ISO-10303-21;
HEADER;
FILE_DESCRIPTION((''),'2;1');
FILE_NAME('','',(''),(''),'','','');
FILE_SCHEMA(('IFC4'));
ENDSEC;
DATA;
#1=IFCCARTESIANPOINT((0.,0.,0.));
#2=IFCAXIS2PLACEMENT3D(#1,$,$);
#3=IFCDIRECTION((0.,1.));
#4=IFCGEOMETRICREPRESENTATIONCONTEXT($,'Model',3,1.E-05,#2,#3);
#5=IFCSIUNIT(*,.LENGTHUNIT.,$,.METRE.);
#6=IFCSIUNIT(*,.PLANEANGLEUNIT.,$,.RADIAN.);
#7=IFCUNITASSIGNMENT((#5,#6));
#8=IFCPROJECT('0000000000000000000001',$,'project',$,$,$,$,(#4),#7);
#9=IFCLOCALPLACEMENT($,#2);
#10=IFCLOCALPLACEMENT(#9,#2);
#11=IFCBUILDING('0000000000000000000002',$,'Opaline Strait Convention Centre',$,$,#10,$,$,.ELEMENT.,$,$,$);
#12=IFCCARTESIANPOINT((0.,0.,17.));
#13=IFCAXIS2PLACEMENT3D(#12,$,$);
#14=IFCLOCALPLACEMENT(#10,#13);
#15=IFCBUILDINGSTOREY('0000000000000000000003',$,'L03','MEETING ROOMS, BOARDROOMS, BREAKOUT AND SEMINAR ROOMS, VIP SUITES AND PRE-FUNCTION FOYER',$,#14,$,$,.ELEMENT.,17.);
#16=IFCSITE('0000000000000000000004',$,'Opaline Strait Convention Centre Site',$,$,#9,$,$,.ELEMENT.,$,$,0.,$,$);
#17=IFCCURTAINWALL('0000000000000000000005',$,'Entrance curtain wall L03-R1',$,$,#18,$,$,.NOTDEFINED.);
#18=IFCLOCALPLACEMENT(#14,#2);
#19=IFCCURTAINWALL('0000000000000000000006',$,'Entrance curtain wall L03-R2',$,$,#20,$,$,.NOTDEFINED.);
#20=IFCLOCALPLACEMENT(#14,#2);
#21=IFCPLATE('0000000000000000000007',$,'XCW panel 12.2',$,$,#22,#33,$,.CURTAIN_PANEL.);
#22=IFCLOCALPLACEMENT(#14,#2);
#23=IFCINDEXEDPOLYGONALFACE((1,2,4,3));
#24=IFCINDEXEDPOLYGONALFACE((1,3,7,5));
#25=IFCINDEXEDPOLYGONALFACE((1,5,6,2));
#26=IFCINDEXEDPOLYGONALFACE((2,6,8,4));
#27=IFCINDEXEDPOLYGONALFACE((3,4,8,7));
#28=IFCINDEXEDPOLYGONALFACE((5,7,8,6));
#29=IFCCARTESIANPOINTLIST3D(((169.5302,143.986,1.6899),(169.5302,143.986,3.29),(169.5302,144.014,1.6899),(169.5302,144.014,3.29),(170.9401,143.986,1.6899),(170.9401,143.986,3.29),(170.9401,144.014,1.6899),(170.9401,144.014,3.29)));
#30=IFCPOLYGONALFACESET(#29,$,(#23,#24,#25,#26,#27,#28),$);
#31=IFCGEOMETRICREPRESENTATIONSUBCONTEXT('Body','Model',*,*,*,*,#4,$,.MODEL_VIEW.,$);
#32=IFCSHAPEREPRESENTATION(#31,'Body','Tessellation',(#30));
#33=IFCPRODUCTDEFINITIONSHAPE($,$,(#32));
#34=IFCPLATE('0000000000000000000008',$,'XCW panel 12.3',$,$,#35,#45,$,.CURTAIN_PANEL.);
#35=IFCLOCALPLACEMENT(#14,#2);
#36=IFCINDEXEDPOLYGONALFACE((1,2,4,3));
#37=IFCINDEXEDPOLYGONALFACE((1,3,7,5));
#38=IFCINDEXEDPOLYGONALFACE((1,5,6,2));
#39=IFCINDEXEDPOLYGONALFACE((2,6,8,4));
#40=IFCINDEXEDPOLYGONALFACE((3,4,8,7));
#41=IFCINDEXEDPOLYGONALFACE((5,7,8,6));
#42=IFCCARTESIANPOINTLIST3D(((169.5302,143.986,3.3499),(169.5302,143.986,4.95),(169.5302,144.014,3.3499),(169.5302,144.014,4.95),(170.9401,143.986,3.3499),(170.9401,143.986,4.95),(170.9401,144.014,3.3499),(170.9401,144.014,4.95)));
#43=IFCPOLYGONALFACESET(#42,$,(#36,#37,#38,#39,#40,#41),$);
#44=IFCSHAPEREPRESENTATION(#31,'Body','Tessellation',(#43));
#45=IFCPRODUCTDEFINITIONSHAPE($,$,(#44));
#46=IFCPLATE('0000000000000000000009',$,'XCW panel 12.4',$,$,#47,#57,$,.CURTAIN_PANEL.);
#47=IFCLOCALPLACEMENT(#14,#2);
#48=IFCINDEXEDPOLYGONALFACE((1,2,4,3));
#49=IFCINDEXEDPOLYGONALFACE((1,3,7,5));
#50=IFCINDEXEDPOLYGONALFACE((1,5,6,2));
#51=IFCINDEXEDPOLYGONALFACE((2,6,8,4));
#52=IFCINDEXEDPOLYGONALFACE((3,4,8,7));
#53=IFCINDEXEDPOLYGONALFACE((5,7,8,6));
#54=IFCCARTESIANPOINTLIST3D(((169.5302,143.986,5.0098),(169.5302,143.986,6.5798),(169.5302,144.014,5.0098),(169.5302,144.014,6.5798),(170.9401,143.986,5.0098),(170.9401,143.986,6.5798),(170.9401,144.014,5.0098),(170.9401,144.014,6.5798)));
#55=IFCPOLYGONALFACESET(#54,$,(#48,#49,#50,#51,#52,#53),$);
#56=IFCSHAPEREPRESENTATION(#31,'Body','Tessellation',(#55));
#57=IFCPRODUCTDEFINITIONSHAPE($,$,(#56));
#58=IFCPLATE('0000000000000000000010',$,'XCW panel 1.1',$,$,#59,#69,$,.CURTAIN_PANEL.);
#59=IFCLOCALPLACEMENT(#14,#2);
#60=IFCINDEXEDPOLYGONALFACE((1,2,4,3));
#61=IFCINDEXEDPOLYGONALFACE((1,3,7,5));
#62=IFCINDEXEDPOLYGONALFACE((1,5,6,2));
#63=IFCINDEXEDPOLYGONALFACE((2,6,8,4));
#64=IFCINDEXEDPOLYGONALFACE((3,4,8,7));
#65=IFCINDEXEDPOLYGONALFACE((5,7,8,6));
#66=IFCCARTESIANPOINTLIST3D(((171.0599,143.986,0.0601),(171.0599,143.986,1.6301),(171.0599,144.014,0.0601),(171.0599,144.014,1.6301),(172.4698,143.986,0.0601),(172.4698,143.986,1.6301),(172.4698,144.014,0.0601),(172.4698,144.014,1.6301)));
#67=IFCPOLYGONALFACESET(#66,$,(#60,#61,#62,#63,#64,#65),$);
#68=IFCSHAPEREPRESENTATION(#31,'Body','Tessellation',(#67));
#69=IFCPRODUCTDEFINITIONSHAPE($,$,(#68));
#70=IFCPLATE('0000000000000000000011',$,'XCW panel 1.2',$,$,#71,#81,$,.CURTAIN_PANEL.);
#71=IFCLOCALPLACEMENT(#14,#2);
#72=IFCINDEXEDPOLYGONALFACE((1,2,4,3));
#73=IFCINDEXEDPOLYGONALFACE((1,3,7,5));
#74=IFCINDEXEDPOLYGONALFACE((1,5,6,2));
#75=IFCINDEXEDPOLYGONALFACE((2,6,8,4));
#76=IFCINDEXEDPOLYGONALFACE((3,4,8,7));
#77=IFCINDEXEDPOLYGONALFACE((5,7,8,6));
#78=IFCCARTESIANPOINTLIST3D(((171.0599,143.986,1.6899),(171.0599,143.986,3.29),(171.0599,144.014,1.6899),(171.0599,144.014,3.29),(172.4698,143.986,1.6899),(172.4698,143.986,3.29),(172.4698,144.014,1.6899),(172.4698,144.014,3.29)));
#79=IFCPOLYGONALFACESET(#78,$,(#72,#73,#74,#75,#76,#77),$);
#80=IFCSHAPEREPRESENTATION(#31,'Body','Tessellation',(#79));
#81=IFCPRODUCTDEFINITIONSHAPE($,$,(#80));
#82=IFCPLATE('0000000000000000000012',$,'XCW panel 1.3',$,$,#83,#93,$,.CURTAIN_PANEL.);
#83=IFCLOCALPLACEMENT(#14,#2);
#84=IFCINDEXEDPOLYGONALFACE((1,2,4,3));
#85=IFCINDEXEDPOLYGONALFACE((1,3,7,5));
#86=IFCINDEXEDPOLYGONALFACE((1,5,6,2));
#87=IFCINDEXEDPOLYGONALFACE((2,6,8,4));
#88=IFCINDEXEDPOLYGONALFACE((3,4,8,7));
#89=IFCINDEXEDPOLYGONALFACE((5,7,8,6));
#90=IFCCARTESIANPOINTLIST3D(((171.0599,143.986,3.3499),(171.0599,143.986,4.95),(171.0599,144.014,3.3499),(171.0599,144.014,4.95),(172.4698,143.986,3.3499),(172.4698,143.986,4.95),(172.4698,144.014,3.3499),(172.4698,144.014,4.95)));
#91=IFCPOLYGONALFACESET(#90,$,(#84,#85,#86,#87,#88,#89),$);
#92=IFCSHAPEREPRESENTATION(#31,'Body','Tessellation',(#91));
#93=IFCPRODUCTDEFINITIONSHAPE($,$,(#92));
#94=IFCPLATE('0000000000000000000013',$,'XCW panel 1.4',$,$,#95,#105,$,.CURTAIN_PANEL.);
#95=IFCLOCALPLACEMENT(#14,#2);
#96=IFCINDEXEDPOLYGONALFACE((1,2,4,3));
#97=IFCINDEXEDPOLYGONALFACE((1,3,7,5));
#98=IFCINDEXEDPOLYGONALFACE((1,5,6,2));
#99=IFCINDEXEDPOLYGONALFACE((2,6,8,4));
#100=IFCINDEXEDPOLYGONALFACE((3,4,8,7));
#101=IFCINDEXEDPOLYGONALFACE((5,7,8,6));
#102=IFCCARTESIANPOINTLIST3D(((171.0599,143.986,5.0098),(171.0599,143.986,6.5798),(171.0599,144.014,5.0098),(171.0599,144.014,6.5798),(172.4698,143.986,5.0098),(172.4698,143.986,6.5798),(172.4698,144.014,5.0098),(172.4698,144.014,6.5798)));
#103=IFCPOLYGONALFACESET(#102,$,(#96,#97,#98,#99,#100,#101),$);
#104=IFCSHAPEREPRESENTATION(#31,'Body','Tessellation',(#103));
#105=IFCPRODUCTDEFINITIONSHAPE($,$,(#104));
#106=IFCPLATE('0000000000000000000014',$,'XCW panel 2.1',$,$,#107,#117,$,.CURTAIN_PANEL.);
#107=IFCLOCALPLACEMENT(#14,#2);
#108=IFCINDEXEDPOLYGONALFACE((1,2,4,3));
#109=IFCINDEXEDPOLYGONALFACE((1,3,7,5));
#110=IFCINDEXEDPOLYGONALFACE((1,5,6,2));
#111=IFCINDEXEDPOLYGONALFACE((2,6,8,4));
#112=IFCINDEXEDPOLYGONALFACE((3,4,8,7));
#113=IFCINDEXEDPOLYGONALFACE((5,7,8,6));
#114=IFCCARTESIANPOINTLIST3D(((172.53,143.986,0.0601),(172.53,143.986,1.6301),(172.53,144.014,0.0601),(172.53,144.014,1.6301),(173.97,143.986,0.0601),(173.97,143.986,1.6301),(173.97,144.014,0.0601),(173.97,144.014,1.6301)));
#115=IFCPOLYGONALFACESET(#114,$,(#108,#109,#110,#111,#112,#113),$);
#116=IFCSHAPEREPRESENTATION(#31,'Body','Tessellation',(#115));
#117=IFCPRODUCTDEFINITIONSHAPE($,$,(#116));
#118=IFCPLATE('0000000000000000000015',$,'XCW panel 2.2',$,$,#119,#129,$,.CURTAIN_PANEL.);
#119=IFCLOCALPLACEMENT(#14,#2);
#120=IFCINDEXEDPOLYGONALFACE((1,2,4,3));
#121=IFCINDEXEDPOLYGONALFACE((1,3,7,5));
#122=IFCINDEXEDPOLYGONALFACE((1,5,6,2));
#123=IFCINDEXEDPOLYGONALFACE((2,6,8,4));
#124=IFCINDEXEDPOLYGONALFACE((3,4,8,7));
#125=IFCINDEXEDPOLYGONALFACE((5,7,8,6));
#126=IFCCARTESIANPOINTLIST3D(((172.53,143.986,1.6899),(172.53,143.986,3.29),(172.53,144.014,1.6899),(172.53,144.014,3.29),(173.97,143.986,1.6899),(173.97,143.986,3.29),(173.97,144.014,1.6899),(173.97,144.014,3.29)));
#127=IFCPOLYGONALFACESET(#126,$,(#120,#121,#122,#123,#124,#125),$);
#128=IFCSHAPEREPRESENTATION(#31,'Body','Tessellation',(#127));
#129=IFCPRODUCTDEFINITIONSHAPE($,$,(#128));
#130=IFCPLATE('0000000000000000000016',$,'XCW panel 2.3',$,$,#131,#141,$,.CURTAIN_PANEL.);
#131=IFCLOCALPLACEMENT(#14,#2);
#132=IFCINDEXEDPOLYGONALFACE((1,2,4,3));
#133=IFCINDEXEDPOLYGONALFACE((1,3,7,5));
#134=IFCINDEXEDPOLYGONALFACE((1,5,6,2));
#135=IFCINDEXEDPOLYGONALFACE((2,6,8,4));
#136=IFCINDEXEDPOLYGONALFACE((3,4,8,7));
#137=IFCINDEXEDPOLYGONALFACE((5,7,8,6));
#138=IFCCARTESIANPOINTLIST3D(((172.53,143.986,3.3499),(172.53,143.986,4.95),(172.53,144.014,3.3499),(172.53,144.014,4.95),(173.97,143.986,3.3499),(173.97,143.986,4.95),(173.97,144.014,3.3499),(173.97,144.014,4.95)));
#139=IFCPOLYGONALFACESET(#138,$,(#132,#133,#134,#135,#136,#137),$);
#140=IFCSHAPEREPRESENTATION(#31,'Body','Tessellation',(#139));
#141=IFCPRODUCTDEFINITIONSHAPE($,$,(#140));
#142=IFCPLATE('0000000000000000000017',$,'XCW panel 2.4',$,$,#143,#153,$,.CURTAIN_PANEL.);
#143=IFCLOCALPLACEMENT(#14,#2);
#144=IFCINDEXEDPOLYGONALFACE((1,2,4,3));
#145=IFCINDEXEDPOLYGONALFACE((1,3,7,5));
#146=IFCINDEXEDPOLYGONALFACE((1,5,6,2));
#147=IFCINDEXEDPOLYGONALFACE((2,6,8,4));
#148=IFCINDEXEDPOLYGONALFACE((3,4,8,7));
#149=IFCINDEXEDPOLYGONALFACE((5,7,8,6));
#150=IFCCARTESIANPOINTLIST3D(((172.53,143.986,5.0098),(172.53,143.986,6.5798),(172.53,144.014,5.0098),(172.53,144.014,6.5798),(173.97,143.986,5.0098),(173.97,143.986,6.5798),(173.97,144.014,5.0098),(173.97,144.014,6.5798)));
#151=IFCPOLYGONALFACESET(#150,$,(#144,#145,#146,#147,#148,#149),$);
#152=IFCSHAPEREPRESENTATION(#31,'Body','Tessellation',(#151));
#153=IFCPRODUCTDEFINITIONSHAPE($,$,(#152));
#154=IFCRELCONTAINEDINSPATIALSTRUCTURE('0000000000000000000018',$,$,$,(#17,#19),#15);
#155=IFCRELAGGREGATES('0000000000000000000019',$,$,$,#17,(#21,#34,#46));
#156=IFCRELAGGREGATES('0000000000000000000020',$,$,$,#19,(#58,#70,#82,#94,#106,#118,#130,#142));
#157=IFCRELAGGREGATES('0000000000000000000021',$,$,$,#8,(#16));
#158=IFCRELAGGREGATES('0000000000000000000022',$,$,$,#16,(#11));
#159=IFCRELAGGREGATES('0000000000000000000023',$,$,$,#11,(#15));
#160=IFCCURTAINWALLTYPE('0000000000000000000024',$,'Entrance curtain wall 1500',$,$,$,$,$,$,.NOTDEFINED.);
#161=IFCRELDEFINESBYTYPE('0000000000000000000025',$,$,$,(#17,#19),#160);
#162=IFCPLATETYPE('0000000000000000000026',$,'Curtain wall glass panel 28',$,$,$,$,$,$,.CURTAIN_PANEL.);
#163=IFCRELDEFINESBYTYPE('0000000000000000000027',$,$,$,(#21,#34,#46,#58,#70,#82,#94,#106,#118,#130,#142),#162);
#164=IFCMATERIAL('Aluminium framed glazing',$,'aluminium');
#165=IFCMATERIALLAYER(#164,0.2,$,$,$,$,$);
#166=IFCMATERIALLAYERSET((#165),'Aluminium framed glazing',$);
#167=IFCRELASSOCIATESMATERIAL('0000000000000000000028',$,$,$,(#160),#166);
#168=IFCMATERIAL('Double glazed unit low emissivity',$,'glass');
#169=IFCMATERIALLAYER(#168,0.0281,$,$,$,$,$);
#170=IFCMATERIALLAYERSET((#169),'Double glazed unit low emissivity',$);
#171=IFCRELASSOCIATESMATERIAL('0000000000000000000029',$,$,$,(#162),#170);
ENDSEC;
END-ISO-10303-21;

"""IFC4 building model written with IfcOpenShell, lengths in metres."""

from ifc_helpers import new_model, si_unit, direction, frame, origin, origin_2d, place, context, subcontext, project, spatial, rectangle, extrude, material, layer, layer_set, type_object, element, aggregate, save


model = new_model("IFC4")

# Units and contexts
model_context = context("Model", 3, precision=1e-05, world=origin(), true_north=direction((0.0, 1.0)))
body_context = subcontext(model_context, "Body", "Model", "MODEL_VIEW")
ifc_project = project(units=[si_unit("LENGTHUNIT", "METRE"), si_unit("PLANEANGLEUNIT", "RADIAN")], contexts=[model_context])

# Site, building, storey
site_placement = place(None, origin())
site = spatial("IfcSite", under=ifc_project, at=site_placement, Name="Opaline Strait Convention Centre Site", CompositionType="ELEMENT", RefElevation=0.0)
building_placement = place(site_placement, origin())
building = spatial("IfcBuilding", under=site, at=building_placement, Name="Opaline Strait Convention Centre", CompositionType="ELEMENT")
storey_placement = place(building_placement, frame((0.0, 0.0, 17.0)))
storey = spatial("IfcBuildingStorey", under=building, at=storey_placement, Name="L03", Description="MEETING ROOMS, BOARDROOMS, BREAKOUT AND SEMINAR ROOMS, VIP SUITES AND PRE-FUNCTION FOYER", CompositionType="ELEMENT", Elevation=17.0)

# Curtain wall
ifc_material_1 = material(Name="Aluminium framed glazing", Category="aluminium")
ifc_layer_1 = layer(ifc_material_1, 0.2)
ifc_layer_set_1 = layer_set([ifc_layer_1], Name="Aluminium framed glazing")
curtain_wall_type = type_object("IfcCurtainWallType", Name="Entrance curtain wall 1500", PredefinedType="NOTDEFINED", material=ifc_layer_set_1)
curtain_wall_1_placement = place(storey_placement, origin())
curtain_wall_1 = element("IfcCurtainWall", 1, at=curtain_wall_1_placement, inside=storey, type_object=curtain_wall_type, Name="Entrance curtain wall L03-R1", PredefinedType="NOTDEFINED")

# Curtain wall
curtain_wall_2_placement = place(storey_placement, origin())
curtain_wall_2 = element("IfcCurtainWall", 2, at=curtain_wall_2_placement, inside=storey, type_object=curtain_wall_type, Name="Entrance curtain wall L03-R2", PredefinedType="NOTDEFINED")

# Plates
ifc_material_2 = material(Name="Double glazed unit low emissivity", Category="glass")
ifc_layer_2 = layer(ifc_material_2, 0.0281)
ifc_layer_set_2 = layer_set([ifc_layer_2], Name="Double glazed unit low emissivity")
plate_type = type_object("IfcPlateType", Name="Curtain wall glass panel 28", PredefinedType="CURTAIN_PANEL", material=ifc_layer_set_2)
plate_1_placement = place(storey_placement, frame((170.2351, 144.0, 1.6899), z_axis=(0.0, 0.0, 1.0), x_axis=(1.0, 0.0, 0.0)))
plate_1 = element("IfcPlate", 3, at=plate_1_placement, type_object=plate_type, Name="XCW panel 12.2", PredefinedType="CURTAIN_PANEL", context=body_context, shape_type="SweptSolid", body=[
    extrude(rectangle(XDim=1.4099, YDim=0.0281, at=origin_2d()), origin(), (0.0, 0.0, 1.0), 1.6001),
])
plate_2_placement = place(storey_placement, frame((170.2351, 144.0, 3.3499), z_axis=(0.0, 0.0, 1.0), x_axis=(1.0, 0.0, 0.0)))
plate_2 = element("IfcPlate", 4, at=plate_2_placement, type_object=plate_type, Name="XCW panel 12.3", PredefinedType="CURTAIN_PANEL", context=body_context, shape_type="SweptSolid", body=[
    extrude(rectangle(XDim=1.4099, YDim=0.0281, at=origin_2d()), origin(), (0.0, 0.0, 1.0), 1.6001),
])
plate_3_placement = place(storey_placement, frame((170.2351, 144.0, 5.0098), z_axis=(0.0, 0.0, 1.0), x_axis=(1.0, 0.0, 0.0)))
plate_3 = element("IfcPlate", 5, at=plate_3_placement, type_object=plate_type, Name="XCW panel 12.4", PredefinedType="CURTAIN_PANEL", context=body_context, shape_type="SweptSolid", body=[
    extrude(rectangle(XDim=1.4099, YDim=0.0281, at=origin_2d()), origin(), (0.0, 0.0, 1.0), 1.5701),
])
aggregate(curtain_wall_1, [plate_1, plate_2, plate_3])
plate_4_placement = place(storey_placement, frame((171.7649, 144.0, 0.0601), z_axis=(0.0, 0.0, 1.0), x_axis=(1.0, 0.0, 0.0)))
plate_4 = element("IfcPlate", 6, at=plate_4_placement, type_object=plate_type, Name="XCW panel 1.1", PredefinedType="CURTAIN_PANEL", context=body_context, shape_type="SweptSolid", body=[
    extrude(rectangle(XDim=1.4099, YDim=0.0281, at=origin_2d()), origin(), (0.0, 0.0, 1.0), 1.5701),
])
plate_5_placement = place(storey_placement, frame((171.7649, 144.0, 1.6899), z_axis=(0.0, 0.0, 1.0), x_axis=(1.0, 0.0, 0.0)))
plate_5 = element("IfcPlate", 7, at=plate_5_placement, type_object=plate_type, Name="XCW panel 1.2", PredefinedType="CURTAIN_PANEL", context=body_context, shape_type="SweptSolid", body=[
    extrude(rectangle(XDim=1.4099, YDim=0.0281, at=origin_2d()), origin(), (0.0, 0.0, 1.0), 1.6001),
])
plate_6_placement = place(storey_placement, frame((171.7649, 144.0, 3.3499), z_axis=(0.0, 0.0, 1.0), x_axis=(1.0, 0.0, 0.0)))
plate_6 = element("IfcPlate", 8, at=plate_6_placement, type_object=plate_type, Name="XCW panel 1.3", PredefinedType="CURTAIN_PANEL", context=body_context, shape_type="SweptSolid", body=[
    extrude(rectangle(XDim=1.4099, YDim=0.0281, at=origin_2d()), origin(), (0.0, 0.0, 1.0), 1.6001),
])
plate_7_placement = place(storey_placement, frame((171.7649, 144.0, 5.0098), z_axis=(0.0, 0.0, 1.0), x_axis=(1.0, 0.0, 0.0)))
plate_7 = element("IfcPlate", 9, at=plate_7_placement, type_object=plate_type, Name="XCW panel 1.4", PredefinedType="CURTAIN_PANEL", context=body_context, shape_type="SweptSolid", body=[
    extrude(rectangle(XDim=1.4099, YDim=0.0281, at=origin_2d()), origin(), (0.0, 0.0, 1.0), 1.5701),
])
plate_8_placement = place(storey_placement, frame((173.25, 144.0, 0.0601), z_axis=(0.0, 0.0, 1.0), x_axis=(1.0, 0.0, 0.0)))
plate_8 = element("IfcPlate", 10, at=plate_8_placement, type_object=plate_type, Name="XCW panel 2.1", PredefinedType="CURTAIN_PANEL", context=body_context, shape_type="SweptSolid", body=[
    extrude(rectangle(XDim=1.4399, YDim=0.0281, at=origin_2d()), origin(), (0.0, 0.0, 1.0), 1.5701),
])
plate_9_placement = place(storey_placement, frame((173.25, 144.0, 1.6899), z_axis=(0.0, 0.0, 1.0), x_axis=(1.0, 0.0, 0.0)))
plate_9 = element("IfcPlate", 11, at=plate_9_placement, type_object=plate_type, Name="XCW panel 2.2", PredefinedType="CURTAIN_PANEL", context=body_context, shape_type="SweptSolid", body=[
    extrude(rectangle(XDim=1.4399, YDim=0.0281, at=origin_2d()), origin(), (0.0, 0.0, 1.0), 1.6001),
])
plate_10_placement = place(storey_placement, frame((173.25, 144.0, 3.3499), z_axis=(0.0, 0.0, 1.0), x_axis=(1.0, 0.0, 0.0)))
plate_10 = element("IfcPlate", 12, at=plate_10_placement, type_object=plate_type, Name="XCW panel 2.3", PredefinedType="CURTAIN_PANEL", context=body_context, shape_type="SweptSolid", body=[
    extrude(rectangle(XDim=1.4399, YDim=0.0281, at=origin_2d()), origin(), (0.0, 0.0, 1.0), 1.6001),
])
plate_11_placement = place(storey_placement, frame((173.25, 144.0, 5.0098), z_axis=(0.0, 0.0, 1.0), x_axis=(1.0, 0.0, 0.0)))
plate_11 = element("IfcPlate", 13, at=plate_11_placement, type_object=plate_type, Name="XCW panel 2.4", PredefinedType="CURTAIN_PANEL", context=body_context, shape_type="SweptSolid", body=[
    extrude(rectangle(XDim=1.4399, YDim=0.0281, at=origin_2d()), origin(), (0.0, 0.0, 1.0), 1.5701),
])
aggregate(curtain_wall_2, [plate_4, plate_5, plate_6, plate_7, plate_8, plate_9, plate_10, plate_11])

save(model, "model.ifc")
